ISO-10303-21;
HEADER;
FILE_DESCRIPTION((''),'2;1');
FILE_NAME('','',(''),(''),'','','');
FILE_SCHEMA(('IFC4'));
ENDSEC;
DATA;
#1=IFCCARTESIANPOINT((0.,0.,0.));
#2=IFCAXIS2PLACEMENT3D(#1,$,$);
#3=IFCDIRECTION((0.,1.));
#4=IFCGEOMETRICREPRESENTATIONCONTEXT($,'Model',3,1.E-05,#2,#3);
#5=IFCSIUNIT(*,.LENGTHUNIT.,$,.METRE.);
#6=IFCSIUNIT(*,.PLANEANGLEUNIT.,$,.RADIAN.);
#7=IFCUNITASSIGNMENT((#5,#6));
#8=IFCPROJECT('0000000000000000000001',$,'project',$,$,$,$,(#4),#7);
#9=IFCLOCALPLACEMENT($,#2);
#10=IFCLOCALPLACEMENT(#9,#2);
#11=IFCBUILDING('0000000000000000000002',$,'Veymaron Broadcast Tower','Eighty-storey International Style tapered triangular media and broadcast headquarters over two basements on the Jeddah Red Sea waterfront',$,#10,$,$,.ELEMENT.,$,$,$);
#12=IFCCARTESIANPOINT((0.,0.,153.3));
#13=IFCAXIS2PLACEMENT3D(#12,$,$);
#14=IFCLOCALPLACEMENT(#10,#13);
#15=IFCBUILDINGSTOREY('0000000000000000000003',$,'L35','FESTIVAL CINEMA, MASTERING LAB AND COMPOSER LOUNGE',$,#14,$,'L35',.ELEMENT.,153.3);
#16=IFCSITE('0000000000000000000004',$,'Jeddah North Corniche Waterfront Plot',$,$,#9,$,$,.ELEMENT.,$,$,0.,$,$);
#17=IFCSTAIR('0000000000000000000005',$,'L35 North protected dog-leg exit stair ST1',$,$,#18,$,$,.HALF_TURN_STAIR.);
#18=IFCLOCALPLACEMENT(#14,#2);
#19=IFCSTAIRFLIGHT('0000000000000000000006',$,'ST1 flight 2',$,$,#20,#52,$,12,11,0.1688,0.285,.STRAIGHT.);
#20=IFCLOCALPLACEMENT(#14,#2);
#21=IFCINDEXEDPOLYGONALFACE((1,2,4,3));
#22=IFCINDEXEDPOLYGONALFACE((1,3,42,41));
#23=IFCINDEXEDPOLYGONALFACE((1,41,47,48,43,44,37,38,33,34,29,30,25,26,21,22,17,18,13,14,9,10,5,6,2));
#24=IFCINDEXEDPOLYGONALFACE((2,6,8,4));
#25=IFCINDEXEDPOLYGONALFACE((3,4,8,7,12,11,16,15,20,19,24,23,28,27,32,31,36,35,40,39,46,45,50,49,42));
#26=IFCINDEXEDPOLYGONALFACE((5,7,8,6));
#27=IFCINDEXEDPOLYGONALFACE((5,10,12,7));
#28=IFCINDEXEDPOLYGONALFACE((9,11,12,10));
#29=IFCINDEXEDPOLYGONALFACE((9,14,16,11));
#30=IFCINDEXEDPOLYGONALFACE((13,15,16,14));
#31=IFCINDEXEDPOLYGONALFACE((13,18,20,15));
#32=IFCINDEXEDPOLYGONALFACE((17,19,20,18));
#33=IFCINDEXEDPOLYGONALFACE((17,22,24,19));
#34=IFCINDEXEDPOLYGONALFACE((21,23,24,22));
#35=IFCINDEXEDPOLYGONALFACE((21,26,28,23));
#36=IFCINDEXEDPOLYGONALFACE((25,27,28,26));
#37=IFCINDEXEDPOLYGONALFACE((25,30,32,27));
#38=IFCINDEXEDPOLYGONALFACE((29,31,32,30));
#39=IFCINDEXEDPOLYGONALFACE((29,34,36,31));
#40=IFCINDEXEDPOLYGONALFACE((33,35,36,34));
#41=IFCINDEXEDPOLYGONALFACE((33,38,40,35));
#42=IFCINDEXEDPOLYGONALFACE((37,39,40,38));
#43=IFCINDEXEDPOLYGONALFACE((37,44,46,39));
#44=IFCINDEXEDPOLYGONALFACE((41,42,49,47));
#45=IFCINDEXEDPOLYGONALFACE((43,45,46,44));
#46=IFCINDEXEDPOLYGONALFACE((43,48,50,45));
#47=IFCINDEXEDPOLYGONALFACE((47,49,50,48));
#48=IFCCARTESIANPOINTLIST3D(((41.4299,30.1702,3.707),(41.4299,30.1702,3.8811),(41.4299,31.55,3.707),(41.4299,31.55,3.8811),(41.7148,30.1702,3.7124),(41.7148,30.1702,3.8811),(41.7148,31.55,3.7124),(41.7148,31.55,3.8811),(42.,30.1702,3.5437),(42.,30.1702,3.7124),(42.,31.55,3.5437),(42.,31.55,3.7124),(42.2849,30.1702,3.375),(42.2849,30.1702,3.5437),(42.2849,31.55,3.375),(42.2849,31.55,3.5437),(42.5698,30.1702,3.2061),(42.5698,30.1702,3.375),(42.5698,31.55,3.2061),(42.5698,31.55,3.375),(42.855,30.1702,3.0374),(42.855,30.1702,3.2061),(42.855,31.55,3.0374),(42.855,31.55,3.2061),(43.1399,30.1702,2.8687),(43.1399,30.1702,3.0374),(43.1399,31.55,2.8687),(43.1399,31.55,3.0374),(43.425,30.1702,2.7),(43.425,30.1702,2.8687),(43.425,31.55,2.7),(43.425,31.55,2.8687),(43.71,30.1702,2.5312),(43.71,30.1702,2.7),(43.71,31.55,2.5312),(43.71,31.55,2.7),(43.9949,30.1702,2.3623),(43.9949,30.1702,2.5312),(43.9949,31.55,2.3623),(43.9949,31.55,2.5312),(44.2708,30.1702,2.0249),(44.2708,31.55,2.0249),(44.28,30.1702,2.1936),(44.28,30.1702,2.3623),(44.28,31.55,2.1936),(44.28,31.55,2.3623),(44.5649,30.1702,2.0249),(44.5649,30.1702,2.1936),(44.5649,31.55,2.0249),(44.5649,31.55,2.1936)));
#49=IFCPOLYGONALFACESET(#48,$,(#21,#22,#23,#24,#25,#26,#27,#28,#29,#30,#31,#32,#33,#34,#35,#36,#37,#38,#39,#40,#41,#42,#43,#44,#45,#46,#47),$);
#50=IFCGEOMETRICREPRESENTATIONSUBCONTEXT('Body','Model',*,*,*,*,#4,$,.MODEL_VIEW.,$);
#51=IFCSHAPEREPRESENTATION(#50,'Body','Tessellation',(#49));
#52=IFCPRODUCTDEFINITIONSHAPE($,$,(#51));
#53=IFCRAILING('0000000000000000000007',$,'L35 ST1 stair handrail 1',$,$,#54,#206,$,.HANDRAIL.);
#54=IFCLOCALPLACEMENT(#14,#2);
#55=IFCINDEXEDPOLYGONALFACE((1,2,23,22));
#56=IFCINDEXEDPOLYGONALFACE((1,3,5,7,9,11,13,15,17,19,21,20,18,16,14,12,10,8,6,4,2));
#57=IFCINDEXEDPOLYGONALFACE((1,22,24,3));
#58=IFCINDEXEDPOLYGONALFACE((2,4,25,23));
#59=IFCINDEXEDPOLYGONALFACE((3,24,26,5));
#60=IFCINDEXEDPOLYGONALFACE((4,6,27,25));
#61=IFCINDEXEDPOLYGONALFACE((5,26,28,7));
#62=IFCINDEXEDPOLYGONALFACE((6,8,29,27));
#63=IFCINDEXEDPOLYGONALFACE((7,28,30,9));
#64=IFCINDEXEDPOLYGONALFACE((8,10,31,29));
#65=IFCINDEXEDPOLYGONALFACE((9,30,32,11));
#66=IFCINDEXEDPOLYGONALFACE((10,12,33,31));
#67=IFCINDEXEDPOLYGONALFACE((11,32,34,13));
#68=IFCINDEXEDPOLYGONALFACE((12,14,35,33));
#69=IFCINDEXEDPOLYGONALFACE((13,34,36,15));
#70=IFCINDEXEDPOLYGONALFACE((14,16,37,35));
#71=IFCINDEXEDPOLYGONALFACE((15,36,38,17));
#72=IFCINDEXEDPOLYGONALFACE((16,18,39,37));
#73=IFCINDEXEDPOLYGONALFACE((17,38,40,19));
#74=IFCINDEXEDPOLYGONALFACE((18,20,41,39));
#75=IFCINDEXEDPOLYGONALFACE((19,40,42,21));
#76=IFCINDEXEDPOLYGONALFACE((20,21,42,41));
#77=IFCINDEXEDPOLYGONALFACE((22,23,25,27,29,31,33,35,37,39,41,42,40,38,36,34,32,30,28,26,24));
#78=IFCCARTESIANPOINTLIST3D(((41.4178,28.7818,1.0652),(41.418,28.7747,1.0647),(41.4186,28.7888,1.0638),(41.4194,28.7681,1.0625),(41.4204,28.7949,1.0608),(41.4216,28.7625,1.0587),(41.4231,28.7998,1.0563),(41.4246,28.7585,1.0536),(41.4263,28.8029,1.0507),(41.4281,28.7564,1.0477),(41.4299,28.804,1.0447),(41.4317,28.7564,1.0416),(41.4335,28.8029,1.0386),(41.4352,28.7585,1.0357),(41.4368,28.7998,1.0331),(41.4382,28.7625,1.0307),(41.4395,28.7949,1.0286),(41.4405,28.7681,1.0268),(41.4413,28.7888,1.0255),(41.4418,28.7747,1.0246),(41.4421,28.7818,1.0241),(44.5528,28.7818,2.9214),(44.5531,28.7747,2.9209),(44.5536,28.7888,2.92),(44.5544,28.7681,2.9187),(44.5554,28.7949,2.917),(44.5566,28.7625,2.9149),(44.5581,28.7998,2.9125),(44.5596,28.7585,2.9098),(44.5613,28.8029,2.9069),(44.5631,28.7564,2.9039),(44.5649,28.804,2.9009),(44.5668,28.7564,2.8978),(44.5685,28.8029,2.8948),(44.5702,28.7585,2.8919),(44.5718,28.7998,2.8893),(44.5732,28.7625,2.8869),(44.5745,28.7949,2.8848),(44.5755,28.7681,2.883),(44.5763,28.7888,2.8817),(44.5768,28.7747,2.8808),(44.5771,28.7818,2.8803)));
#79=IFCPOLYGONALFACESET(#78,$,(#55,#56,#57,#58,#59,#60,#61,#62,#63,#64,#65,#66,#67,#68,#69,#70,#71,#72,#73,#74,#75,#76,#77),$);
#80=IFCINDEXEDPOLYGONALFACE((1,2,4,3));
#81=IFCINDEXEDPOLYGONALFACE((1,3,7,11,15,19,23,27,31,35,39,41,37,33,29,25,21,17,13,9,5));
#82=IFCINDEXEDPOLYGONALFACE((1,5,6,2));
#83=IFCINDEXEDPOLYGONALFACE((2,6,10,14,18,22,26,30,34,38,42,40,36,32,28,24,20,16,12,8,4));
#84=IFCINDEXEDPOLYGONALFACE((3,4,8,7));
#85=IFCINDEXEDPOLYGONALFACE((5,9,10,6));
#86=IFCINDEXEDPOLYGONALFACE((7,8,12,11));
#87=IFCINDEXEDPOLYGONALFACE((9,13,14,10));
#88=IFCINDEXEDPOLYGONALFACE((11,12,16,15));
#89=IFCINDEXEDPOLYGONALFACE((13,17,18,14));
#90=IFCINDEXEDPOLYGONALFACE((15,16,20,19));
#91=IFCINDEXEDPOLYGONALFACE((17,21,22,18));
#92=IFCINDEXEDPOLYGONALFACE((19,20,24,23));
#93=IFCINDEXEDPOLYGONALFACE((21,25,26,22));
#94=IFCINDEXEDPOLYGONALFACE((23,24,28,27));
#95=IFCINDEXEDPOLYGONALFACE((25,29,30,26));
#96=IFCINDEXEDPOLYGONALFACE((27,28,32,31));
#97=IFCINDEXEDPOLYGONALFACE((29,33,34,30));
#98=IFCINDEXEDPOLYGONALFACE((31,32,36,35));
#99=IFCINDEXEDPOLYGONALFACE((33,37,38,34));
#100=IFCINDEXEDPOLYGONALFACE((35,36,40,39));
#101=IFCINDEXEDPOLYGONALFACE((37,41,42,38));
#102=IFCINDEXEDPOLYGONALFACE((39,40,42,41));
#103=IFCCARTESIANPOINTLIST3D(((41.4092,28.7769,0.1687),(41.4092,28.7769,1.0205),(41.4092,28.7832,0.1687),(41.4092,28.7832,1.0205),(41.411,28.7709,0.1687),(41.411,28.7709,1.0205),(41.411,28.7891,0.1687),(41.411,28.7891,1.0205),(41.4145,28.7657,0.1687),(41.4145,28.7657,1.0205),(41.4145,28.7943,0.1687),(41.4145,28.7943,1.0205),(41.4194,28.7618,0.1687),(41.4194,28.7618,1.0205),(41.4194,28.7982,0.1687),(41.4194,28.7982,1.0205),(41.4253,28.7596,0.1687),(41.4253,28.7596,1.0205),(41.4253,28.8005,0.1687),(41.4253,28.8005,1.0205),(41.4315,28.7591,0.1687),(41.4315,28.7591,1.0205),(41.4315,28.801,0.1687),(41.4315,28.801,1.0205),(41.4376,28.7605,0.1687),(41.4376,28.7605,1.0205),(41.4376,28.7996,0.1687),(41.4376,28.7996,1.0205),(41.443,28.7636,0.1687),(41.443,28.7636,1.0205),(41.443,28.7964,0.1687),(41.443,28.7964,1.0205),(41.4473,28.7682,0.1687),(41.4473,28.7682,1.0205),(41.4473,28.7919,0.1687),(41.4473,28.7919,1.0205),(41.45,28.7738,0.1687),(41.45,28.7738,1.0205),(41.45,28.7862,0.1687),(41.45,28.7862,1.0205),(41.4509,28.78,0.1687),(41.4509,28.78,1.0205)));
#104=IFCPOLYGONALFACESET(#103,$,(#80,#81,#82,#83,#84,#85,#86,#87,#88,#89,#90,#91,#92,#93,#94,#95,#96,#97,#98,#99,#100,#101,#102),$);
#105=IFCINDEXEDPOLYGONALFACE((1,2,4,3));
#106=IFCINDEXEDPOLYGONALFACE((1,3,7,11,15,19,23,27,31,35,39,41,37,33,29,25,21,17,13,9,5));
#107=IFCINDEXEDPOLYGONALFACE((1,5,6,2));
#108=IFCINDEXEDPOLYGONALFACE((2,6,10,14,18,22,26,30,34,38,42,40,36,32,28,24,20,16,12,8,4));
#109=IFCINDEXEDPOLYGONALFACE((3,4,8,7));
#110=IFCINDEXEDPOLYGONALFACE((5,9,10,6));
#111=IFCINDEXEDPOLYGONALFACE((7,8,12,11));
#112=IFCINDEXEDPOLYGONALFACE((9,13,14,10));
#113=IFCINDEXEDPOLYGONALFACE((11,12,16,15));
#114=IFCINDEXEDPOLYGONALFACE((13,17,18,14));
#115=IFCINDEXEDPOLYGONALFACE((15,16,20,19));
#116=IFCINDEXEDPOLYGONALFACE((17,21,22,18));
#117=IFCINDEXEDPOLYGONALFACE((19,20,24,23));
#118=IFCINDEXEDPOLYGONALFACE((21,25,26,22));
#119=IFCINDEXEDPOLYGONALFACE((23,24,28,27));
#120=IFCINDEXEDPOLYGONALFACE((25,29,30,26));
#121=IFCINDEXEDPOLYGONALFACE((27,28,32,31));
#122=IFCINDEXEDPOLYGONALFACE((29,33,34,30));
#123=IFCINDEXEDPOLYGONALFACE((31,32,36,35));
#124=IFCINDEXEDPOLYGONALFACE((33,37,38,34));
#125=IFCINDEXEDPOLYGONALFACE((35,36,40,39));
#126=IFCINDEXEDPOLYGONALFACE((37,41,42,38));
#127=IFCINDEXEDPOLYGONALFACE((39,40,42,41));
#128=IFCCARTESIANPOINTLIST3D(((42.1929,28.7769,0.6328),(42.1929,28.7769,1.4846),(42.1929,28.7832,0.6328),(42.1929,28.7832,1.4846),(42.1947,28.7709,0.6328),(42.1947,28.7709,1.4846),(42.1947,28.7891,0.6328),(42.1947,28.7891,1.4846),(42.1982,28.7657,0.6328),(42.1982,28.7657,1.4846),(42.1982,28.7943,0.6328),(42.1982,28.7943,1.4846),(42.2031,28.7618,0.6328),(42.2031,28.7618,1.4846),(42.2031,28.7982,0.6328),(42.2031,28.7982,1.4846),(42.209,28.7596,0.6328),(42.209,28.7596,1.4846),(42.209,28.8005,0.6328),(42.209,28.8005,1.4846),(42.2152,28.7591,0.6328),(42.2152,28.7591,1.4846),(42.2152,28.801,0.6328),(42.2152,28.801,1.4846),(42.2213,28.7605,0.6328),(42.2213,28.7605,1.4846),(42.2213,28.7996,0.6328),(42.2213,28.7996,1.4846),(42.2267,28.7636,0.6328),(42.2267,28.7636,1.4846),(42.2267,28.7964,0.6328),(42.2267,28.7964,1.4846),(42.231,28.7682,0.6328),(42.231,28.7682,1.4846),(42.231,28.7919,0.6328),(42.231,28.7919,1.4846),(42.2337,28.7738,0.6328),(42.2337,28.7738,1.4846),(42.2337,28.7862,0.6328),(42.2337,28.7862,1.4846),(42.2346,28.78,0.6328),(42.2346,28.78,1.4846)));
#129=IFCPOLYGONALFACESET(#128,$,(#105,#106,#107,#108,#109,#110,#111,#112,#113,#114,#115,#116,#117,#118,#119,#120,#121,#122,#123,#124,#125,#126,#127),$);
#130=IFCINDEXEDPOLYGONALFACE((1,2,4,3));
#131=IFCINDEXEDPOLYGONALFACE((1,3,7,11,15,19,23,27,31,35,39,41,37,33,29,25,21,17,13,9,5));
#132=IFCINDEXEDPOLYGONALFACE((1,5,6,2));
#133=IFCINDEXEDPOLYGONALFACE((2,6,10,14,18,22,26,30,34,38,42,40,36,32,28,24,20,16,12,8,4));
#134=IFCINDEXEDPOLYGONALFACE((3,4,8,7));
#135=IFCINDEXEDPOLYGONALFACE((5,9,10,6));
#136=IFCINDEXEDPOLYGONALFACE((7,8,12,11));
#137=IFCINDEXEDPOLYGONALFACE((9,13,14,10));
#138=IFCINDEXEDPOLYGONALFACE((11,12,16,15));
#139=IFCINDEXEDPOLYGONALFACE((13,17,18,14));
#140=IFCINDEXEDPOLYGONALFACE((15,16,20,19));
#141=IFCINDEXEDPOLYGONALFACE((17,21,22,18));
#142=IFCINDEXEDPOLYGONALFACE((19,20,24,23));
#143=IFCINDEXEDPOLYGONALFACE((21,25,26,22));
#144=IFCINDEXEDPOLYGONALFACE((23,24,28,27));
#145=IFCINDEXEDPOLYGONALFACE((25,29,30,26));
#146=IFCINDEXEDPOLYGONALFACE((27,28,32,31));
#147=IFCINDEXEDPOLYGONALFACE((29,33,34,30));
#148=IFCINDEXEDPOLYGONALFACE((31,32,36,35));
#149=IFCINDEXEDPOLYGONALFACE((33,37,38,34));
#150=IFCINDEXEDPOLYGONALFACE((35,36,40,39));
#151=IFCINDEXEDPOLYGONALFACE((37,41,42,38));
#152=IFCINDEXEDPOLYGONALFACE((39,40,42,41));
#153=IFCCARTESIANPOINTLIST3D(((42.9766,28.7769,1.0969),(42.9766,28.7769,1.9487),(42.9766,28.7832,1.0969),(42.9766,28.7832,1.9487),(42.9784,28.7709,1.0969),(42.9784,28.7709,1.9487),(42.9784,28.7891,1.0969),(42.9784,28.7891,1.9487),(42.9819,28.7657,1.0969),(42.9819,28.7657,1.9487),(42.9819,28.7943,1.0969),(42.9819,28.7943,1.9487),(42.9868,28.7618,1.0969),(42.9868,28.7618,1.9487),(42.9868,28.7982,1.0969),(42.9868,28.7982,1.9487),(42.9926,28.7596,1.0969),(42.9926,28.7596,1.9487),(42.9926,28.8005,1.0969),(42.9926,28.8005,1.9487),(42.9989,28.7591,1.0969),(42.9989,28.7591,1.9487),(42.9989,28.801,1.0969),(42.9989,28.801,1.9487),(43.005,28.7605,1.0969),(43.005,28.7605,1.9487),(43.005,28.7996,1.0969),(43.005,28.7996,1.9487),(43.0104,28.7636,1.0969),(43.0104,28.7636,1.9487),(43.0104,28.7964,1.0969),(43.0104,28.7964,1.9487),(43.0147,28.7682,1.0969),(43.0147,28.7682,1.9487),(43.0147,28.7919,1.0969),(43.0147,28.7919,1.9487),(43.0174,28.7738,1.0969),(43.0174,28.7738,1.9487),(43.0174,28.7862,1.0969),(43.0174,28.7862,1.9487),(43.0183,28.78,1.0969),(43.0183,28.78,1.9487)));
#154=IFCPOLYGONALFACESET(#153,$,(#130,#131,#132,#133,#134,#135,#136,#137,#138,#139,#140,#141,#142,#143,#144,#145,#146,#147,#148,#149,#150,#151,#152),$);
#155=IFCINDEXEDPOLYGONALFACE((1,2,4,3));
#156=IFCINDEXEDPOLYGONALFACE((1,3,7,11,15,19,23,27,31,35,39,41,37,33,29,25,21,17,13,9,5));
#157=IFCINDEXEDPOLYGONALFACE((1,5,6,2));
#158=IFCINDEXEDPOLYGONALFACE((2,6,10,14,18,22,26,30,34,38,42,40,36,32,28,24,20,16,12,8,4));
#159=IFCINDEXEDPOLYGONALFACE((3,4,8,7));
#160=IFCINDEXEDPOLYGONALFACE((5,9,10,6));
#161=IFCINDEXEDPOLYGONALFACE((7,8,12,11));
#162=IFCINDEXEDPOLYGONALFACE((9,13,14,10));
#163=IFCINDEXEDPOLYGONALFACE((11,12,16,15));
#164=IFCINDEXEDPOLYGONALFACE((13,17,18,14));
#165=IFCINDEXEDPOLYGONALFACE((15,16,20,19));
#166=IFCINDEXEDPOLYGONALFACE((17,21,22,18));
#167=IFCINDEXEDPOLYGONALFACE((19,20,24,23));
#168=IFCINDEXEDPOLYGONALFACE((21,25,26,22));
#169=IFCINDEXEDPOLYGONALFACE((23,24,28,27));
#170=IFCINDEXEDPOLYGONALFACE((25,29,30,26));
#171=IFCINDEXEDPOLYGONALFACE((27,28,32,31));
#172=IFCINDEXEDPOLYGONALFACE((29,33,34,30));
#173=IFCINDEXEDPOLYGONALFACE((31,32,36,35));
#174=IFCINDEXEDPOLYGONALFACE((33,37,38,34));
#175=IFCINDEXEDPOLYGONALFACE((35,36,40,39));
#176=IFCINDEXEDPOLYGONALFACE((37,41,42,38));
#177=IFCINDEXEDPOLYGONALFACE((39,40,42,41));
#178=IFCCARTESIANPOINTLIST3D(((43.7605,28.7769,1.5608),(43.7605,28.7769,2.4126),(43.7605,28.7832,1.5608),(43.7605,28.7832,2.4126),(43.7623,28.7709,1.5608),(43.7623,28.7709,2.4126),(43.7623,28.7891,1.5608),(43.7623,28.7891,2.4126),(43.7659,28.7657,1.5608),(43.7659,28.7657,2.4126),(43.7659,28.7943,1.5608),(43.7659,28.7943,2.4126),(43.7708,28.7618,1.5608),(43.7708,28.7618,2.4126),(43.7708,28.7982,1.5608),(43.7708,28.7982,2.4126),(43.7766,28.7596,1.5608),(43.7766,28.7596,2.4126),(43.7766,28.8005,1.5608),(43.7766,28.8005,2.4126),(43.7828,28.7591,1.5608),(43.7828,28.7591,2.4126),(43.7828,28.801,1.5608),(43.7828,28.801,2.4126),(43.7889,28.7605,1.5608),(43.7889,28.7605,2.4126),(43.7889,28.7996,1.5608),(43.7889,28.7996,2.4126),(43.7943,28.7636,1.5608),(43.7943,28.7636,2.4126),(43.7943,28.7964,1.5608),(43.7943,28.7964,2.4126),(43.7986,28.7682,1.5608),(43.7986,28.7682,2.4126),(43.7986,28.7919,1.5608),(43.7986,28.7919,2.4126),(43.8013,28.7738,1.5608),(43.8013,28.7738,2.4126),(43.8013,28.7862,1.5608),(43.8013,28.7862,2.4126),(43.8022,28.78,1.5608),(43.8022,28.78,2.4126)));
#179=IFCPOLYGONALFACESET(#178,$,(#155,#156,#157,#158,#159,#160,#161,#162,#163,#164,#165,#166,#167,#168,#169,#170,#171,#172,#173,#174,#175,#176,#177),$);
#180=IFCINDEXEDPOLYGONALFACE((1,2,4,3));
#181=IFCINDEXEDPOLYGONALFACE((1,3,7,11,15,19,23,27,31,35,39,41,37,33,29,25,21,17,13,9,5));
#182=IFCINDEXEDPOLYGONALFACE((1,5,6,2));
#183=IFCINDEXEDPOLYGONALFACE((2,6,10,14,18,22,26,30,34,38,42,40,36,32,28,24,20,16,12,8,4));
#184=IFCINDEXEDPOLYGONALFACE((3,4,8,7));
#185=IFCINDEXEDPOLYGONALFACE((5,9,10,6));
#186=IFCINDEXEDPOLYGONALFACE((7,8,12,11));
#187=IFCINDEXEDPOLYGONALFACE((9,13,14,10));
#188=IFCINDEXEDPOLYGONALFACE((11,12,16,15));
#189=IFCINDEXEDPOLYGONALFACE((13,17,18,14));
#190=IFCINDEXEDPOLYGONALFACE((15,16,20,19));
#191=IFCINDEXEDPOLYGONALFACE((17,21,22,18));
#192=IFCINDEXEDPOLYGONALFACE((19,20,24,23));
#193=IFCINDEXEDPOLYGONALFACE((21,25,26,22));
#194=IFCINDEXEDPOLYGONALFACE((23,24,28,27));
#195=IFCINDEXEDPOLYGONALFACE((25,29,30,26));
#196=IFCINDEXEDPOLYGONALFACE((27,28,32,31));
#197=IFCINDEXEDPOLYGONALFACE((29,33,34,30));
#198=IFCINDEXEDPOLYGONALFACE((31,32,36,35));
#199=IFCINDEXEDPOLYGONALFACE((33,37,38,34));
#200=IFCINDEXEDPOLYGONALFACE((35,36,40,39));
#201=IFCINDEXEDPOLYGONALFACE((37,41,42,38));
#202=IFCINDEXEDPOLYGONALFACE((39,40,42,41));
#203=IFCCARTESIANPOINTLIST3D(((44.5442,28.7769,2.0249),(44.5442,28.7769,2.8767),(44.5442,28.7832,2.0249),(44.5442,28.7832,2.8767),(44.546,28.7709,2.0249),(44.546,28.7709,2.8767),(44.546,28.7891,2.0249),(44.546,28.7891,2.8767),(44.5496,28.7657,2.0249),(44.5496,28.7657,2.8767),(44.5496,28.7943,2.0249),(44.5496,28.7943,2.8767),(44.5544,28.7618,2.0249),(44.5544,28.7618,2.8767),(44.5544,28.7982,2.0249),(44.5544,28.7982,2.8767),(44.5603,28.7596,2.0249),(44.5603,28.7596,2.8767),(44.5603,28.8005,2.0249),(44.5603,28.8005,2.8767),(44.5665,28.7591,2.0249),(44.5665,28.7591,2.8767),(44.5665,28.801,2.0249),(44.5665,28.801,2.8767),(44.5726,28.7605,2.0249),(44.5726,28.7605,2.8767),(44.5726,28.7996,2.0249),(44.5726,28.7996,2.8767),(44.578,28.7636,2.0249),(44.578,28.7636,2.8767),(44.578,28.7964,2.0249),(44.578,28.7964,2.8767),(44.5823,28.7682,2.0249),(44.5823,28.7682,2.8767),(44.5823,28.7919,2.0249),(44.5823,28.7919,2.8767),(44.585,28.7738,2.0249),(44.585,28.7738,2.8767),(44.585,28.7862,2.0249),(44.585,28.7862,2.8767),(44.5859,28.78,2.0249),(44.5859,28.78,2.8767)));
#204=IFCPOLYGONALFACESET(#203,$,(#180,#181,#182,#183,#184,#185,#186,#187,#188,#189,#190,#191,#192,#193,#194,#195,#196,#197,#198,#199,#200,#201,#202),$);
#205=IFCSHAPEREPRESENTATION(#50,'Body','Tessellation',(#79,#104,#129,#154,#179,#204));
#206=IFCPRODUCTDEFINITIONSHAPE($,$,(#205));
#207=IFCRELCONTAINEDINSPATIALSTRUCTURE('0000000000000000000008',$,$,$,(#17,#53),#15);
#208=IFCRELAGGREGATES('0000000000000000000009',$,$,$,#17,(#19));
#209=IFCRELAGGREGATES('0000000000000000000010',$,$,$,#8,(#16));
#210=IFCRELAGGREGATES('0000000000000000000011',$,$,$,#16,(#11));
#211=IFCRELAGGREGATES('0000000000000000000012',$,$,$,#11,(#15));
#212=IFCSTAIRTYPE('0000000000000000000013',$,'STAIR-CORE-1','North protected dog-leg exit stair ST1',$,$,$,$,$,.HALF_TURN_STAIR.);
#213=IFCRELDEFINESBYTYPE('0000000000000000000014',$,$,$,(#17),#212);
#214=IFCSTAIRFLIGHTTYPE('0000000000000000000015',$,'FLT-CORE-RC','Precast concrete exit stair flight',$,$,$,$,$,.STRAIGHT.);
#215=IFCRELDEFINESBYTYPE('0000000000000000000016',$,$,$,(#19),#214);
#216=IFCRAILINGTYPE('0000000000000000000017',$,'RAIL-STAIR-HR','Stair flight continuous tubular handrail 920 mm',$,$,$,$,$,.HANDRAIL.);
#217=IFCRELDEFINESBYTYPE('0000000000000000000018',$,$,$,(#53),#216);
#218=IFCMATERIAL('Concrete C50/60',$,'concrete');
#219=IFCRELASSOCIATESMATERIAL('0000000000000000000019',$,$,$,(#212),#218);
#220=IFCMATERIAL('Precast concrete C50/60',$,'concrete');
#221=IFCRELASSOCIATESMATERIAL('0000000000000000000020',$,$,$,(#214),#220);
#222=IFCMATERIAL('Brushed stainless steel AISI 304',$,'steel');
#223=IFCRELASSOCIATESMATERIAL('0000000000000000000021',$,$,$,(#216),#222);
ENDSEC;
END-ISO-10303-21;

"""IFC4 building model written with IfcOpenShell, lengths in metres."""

from ifc_helpers import new_model, si_unit, direction, frame, origin, origin_2d, place, context, subcontext, project, spatial, polyline, circle, outline, extrude, material, type_object, element, aggregate, save


model = new_model("IFC4")

# Units and contexts
model_context = context("Model", 3, precision=1e-05, world=origin(), true_north=direction((0.0, 1.0)))
body_context = subcontext(model_context, "Body", "Model", "MODEL_VIEW")
ifc_project = project(units=[si_unit("LENGTHUNIT", "METRE"), si_unit("PLANEANGLEUNIT", "RADIAN")], contexts=[model_context])

# Site, building, storey
site_placement = place(None, origin())
site = spatial("IfcSite", under=ifc_project, at=site_placement, Name="Jeddah North Corniche Waterfront Plot", CompositionType="ELEMENT", RefElevation=0.0)
building_placement = place(site_placement, origin())
building = spatial("IfcBuilding", under=site, at=building_placement, Name="Veymaron Broadcast Tower", Description="Eighty-storey International Style tapered triangular media and broadcast headquarters over two basements on the Jeddah Red Sea waterfront", CompositionType="ELEMENT")
storey_placement = place(building_placement, frame((0.0, 0.0, 153.3)))
storey = spatial("IfcBuildingStorey", under=building, at=storey_placement, Name="L35", Description="FESTIVAL CINEMA, MASTERING LAB AND COMPOSER LOUNGE", LongName="L35", CompositionType="ELEMENT", Elevation=153.3)

# Shared definitions
ifc_material_1 = material(Name="Brushed stainless steel AISI 304", Category="steel")

# Shared definitions
ifc_material_2 = material(Name="Concrete C50/60", Category="concrete")

# Stair, stair flight
stair_type = type_object("IfcStairType", Name="STAIR-CORE-1", Description="North protected dog-leg exit stair ST1", PredefinedType="HALF_TURN_STAIR", material=ifc_material_2)
stair_placement = place(storey_placement, origin())
stair = element("IfcStair", 1, at=stair_placement, inside=storey, type_object=stair_type, Name="L35 North protected dog-leg exit stair ST1", PredefinedType="HALF_TURN_STAIR")
ifc_material_3 = material(Name="Precast concrete C50/60", Category="concrete")
stair_flight_type = type_object("IfcStairFlightType", Name="FLT-CORE-RC", Description="Precast concrete exit stair flight", PredefinedType="STRAIGHT", material=ifc_material_3)
stair_flight_1_placement = place(storey_placement, frame((44.5649, 30.8601, 2.0249), z_axis=(0.0, 0.0, 1.0), x_axis=(-1.0, 0.0, 0.0)))
stair_flight_1 = element("IfcStairFlight", 2, at=stair_flight_1_placement, type_object=stair_flight_type, Name="ST1 flight 2", NumberOfRisers=12, NumberOfTreads=11, PredefinedType="STRAIGHT", RiserHeight=0.1688, TreadLength=0.285, context=body_context, shape_type="SweptSolid", body=[
    extrude(outline(polyline([(0.0, 0.0), (0.0, 0.1687), (0.2849, 0.1687), (0.2849, 0.3374), (0.5701, 0.3374), (0.5701, 0.5063), (0.855, 0.5063), (0.855, 0.675), (1.1399, 0.675), (1.1399, 0.8438), (1.425, 0.8438), (1.425, 1.0125), (1.71, 1.0125), (1.71, 1.1812), (1.9951, 1.1812), (1.9951, 1.3501), (2.28, 1.3501), (2.28, 1.5188), (2.5649, 1.5188), (2.5649, 1.6875), (2.8501, 1.6875), (2.8501, 1.8562), (3.135, 1.8562), (3.135, 2.0249), (3.135, 1.6821), (0.2942, 0.0), (0.0, 0.0)])), frame((0.0, 0.6899, 0.0), z_axis=(0.0, -1.0, 0.0), x_axis=(1.0, 0.0, 0.0)), (0.0, 0.0, 1.0), 1.3799),
])
aggregate(stair, [stair_flight_1])

# Railing
railing_type_1 = type_object("IfcRailingType", Name="RAIL-STAIR-HR", Description="Stair flight continuous tubular handrail 920 mm", PredefinedType="HANDRAIL", material=ifc_material_1)
railing_1_placement = place(storey_placement, frame((41.4299, 28.78, 0.1687)))
element("IfcRailing", 3, at=railing_1_placement, inside=storey, type_object=railing_type_1, Name="L35 ST1 stair handrail 1", PredefinedType="HANDRAIL", context=body_context, shape_type="SweptSolid", body=[
    extrude(circle(Radius=0.0239, at=origin_2d()), frame((0.0, 0.0, 0.876), z_axis=(0.860482, 0.0, 0.509481), x_axis=(0.0, 1.0, 0.0)), (0.0, 0.0, 1.0), 3.6433),
    extrude(circle(Radius=0.021, at=origin_2d()), origin(), (0.0, 0.0, 1.0), 0.8518),
    extrude(circle(Radius=0.021, at=origin_2d()), frame((0.7837, 0.0, 0.4641)), (0.0, 0.0, 1.0), 0.8518),
    extrude(circle(Radius=0.021, at=origin_2d()), frame((1.5674, 0.0, 0.9282)), (0.0, 0.0, 1.0), 0.8518),
    extrude(circle(Radius=0.021, at=origin_2d()), frame((2.3513, 0.0, 1.3921)), (0.0, 0.0, 1.0), 0.8518),
    extrude(circle(Radius=0.021, at=origin_2d()), frame((3.135, 0.0, 1.8562)), (0.0, 0.0, 1.0), 0.8518),
])

save(model, "model.ifc")
